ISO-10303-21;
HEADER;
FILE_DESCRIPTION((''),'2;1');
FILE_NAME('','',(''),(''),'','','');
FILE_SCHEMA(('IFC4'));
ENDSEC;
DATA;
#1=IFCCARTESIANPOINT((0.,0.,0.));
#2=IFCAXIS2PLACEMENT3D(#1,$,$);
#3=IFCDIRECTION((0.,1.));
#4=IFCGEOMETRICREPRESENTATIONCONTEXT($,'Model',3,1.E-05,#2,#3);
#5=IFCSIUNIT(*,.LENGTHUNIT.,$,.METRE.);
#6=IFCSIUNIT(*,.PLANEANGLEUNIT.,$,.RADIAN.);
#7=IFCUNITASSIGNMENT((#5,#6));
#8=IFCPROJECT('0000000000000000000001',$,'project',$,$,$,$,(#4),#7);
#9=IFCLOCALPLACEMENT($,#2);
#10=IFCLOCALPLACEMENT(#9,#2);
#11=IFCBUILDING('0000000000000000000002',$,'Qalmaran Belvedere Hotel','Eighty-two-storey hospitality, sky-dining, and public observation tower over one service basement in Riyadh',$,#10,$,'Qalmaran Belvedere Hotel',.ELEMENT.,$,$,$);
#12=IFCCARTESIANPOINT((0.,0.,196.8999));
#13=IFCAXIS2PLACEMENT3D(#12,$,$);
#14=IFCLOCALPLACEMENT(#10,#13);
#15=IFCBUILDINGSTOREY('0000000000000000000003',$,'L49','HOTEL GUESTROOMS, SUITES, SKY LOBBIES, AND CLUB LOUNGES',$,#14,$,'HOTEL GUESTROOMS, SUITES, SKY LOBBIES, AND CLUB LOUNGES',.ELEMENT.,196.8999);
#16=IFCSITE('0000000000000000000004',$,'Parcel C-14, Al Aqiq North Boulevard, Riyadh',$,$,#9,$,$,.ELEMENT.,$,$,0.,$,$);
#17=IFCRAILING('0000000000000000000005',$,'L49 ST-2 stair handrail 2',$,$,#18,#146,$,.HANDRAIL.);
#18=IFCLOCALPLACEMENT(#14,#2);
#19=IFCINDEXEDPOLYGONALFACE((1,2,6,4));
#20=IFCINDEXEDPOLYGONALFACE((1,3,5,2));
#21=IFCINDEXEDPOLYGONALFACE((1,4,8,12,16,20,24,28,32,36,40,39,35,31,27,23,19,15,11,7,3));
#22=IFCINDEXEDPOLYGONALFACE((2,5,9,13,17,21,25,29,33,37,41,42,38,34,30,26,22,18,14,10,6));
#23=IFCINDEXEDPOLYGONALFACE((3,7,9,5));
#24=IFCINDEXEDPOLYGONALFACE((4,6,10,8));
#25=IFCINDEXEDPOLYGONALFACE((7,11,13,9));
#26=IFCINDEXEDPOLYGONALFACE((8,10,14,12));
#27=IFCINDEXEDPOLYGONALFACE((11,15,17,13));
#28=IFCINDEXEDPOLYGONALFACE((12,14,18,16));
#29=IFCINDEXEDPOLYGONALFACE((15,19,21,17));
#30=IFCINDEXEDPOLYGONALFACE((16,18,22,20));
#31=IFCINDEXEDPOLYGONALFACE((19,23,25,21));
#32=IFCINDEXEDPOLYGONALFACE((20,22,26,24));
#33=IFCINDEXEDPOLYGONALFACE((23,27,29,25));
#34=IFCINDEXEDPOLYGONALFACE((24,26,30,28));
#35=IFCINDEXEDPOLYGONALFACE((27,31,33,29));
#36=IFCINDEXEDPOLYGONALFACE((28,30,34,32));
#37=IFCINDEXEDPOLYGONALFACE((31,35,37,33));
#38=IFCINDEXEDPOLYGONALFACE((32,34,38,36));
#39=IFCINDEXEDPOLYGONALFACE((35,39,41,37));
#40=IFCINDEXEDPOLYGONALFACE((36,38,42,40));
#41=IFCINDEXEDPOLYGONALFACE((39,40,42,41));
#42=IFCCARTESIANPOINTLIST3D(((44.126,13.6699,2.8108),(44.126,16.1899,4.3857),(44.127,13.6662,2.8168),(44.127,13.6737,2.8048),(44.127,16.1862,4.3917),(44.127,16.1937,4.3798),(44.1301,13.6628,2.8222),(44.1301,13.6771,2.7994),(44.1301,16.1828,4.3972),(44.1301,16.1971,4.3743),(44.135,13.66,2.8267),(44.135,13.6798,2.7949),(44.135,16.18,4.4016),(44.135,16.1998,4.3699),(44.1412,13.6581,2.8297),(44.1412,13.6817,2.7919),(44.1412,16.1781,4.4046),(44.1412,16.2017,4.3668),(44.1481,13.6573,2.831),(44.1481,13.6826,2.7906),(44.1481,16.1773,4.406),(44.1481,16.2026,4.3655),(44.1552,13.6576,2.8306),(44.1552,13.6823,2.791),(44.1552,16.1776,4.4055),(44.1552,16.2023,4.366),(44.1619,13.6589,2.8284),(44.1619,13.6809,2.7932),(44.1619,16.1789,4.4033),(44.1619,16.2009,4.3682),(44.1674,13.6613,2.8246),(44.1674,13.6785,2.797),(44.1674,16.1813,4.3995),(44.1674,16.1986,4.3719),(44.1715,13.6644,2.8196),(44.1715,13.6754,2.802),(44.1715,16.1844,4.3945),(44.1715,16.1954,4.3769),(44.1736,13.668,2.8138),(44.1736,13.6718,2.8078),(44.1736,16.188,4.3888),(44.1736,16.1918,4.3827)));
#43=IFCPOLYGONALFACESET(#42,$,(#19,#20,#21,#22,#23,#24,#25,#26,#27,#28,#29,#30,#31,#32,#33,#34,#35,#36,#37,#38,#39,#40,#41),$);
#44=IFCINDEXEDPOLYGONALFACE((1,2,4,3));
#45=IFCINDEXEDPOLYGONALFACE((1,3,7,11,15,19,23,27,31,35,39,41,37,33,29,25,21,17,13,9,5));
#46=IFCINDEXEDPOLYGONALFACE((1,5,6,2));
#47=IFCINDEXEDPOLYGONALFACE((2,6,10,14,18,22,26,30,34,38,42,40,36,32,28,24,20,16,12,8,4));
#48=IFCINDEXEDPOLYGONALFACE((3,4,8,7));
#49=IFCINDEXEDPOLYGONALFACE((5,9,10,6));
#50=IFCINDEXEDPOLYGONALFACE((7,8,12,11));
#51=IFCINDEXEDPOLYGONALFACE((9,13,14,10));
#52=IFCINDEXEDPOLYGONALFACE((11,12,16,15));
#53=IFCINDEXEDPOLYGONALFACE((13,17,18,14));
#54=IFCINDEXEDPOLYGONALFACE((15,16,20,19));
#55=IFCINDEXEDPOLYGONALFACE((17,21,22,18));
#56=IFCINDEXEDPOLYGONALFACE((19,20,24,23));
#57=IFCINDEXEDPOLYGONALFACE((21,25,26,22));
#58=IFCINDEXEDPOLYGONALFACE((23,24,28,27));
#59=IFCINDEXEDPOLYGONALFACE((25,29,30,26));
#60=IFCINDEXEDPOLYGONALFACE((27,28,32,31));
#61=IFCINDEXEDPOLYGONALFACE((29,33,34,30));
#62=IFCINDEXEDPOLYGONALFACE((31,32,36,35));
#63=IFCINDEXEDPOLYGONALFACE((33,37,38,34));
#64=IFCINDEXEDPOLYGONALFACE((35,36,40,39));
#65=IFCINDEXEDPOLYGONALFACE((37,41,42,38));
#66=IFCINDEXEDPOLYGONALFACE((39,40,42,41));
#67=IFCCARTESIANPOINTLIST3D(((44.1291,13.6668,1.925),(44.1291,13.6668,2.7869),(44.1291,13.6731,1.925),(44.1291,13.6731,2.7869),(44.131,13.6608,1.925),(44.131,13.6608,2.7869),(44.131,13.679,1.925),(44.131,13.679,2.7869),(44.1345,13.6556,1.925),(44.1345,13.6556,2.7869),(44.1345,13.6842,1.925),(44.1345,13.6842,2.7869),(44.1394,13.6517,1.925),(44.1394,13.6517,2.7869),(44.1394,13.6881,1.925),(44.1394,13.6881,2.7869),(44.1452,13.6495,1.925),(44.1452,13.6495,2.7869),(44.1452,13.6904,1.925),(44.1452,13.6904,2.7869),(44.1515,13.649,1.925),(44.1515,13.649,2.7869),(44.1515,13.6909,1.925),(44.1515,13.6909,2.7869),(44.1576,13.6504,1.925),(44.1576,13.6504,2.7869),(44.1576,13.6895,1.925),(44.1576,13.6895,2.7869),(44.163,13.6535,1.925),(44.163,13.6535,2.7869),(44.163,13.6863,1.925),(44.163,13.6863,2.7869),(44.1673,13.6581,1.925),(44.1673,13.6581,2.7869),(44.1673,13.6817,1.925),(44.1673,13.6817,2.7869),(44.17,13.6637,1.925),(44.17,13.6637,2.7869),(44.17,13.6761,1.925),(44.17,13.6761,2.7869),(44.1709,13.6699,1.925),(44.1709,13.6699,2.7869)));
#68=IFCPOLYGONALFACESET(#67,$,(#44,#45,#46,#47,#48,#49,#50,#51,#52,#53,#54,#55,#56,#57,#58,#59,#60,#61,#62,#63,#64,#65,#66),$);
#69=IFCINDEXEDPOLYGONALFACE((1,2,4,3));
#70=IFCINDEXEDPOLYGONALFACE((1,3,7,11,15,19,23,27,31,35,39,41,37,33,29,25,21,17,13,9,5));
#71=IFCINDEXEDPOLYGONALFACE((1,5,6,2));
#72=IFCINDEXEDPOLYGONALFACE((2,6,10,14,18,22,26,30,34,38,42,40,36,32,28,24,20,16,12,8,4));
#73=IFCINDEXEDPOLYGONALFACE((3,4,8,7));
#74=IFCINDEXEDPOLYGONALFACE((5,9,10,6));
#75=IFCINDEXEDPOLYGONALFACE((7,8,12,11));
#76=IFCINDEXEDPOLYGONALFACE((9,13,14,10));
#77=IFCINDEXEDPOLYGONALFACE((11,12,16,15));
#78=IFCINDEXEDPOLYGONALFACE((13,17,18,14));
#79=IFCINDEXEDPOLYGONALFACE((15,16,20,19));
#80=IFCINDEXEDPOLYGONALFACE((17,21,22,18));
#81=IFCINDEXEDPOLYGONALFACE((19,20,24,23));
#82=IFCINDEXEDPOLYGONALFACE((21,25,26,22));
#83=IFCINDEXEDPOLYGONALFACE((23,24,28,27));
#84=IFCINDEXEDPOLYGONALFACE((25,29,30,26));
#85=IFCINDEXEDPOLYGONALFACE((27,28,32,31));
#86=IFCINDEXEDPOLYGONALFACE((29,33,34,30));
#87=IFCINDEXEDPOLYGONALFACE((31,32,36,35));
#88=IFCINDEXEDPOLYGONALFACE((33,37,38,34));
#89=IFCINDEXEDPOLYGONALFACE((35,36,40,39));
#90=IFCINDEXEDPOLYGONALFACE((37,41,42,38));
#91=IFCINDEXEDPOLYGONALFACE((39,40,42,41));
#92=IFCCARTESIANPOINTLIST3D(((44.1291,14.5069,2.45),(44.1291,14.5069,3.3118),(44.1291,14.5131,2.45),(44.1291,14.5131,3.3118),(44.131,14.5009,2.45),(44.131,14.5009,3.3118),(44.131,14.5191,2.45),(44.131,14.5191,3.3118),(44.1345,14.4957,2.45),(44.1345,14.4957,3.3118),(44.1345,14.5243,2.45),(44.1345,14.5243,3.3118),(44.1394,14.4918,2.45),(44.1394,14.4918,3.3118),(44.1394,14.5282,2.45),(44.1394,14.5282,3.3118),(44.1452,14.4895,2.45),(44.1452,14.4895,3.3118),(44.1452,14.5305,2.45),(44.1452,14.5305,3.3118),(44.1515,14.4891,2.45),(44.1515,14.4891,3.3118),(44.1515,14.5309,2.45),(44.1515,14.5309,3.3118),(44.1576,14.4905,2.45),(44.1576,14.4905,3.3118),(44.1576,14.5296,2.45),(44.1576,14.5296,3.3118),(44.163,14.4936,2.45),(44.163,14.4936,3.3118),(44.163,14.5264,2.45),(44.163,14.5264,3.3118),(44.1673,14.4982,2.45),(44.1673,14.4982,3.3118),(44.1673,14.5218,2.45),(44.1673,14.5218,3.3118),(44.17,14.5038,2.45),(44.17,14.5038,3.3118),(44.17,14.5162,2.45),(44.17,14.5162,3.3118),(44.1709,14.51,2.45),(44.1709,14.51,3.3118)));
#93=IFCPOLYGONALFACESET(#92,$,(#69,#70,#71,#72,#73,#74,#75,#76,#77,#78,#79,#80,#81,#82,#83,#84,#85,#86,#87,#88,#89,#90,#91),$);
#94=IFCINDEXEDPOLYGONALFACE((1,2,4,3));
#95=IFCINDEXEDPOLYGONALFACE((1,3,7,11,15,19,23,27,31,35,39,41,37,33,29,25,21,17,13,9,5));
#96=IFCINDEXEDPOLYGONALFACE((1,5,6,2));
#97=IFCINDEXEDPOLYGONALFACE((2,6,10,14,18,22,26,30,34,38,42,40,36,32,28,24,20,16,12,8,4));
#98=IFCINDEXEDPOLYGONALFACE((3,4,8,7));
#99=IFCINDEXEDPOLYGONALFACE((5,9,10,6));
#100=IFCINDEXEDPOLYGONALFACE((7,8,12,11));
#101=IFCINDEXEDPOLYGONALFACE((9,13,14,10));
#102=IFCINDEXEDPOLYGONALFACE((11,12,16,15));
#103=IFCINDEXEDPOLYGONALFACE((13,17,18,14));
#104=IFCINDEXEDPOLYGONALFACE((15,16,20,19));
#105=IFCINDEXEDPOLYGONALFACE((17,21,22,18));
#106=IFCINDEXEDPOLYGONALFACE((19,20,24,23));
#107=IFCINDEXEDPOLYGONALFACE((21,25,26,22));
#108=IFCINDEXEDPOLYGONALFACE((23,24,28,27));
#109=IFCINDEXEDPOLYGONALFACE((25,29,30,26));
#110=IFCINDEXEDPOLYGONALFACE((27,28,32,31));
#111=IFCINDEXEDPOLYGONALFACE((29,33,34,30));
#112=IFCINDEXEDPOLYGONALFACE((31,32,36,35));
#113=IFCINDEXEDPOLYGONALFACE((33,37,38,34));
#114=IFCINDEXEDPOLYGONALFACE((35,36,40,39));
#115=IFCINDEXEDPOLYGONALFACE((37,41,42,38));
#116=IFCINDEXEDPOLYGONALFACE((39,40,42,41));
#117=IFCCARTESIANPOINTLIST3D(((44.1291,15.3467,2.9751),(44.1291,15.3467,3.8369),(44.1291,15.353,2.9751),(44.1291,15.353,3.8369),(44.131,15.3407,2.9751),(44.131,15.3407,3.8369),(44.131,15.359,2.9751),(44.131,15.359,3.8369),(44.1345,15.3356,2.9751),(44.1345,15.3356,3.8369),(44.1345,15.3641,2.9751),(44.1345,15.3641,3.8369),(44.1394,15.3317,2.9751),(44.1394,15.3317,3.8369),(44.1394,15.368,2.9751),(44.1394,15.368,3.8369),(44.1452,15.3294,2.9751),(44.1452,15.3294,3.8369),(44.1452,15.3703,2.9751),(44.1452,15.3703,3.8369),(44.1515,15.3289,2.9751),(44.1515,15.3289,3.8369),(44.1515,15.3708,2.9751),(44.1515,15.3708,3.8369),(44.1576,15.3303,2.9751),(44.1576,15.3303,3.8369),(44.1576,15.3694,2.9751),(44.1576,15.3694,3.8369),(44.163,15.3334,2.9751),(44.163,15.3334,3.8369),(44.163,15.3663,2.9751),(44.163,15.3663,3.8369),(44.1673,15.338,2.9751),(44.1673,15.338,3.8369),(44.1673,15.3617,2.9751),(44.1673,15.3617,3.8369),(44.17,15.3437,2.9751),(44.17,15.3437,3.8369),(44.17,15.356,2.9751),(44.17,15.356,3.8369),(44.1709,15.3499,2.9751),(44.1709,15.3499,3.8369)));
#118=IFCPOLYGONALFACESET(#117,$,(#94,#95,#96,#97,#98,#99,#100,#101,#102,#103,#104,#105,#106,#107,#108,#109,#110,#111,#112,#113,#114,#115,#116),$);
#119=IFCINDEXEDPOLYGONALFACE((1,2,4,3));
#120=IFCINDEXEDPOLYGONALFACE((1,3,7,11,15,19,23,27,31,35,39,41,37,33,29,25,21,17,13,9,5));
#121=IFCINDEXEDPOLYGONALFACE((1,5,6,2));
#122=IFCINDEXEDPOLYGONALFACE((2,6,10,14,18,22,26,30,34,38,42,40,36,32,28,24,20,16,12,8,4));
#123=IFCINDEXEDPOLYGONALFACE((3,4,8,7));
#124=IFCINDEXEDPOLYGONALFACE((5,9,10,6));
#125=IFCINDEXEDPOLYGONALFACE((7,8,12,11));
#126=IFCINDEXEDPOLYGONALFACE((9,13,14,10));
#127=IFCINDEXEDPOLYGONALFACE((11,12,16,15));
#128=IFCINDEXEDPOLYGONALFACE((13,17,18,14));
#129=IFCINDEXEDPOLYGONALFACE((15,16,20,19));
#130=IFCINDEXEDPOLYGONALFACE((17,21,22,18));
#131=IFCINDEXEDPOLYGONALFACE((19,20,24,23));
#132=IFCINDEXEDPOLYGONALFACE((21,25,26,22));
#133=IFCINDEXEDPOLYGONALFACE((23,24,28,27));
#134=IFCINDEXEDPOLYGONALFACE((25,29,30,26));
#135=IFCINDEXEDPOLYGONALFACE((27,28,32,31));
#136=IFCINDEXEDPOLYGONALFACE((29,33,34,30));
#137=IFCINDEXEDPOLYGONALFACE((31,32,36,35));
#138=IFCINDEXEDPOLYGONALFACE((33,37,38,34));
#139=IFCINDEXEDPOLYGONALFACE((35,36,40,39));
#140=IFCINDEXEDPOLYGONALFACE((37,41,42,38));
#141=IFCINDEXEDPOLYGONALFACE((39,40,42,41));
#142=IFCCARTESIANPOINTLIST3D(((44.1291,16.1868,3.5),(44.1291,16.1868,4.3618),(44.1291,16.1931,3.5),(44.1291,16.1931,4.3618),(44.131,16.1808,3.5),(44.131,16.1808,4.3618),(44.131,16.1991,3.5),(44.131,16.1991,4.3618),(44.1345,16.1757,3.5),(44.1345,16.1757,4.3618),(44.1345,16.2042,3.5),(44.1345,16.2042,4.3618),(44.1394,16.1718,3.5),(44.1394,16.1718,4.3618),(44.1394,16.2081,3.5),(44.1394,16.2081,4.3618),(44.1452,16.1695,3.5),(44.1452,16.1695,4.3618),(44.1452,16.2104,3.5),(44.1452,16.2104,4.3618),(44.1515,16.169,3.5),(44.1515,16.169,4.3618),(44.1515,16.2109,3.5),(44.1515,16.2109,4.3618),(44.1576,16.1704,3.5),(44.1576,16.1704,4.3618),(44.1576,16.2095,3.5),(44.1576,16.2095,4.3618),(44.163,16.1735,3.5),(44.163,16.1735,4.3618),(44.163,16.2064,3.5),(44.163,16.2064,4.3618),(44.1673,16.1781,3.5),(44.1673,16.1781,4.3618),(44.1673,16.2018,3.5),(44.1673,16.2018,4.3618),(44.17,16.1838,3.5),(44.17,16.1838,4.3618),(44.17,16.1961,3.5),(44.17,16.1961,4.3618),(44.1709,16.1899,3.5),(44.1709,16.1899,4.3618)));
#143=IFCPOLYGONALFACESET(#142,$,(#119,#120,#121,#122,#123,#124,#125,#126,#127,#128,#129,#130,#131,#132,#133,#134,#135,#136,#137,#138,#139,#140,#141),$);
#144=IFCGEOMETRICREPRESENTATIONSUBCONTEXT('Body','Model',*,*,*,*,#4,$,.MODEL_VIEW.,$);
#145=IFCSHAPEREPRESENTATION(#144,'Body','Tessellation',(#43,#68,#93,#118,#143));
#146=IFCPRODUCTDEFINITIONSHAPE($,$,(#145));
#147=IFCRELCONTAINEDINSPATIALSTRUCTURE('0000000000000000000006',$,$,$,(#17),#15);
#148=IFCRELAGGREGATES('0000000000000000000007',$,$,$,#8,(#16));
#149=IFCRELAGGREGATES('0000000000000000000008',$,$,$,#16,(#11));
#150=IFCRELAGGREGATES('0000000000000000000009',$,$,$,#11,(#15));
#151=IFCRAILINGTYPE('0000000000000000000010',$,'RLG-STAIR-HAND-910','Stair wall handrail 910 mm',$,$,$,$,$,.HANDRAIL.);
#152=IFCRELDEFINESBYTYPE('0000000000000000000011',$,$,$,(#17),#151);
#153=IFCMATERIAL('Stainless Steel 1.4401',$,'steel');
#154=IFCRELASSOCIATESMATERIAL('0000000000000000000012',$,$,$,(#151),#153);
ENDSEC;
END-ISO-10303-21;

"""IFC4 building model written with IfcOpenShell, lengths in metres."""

from ifc_helpers import new_model, si_unit, direction, frame, origin, origin_2d, place, context, subcontext, project, spatial, circle, extrude, material, type_object, element, save


model = new_model("IFC4")

# Units and contexts
model_context = context("Model", 3, precision=1e-05, world=origin(), true_north=direction((0.0, 1.0)))
body_context = subcontext(model_context, "Body", "Model", "MODEL_VIEW")
ifc_project = project(units=[si_unit("LENGTHUNIT", "METRE"), si_unit("PLANEANGLEUNIT", "RADIAN")], contexts=[model_context])

# Site, building, storey
site_placement = place(None, origin())
site = spatial("IfcSite", under=ifc_project, at=site_placement, Name="Parcel C-14, Al Aqiq North Boulevard, Riyadh", CompositionType="ELEMENT", RefElevation=0.0)
building_placement = place(site_placement, origin())
building = spatial("IfcBuilding", under=site, at=building_placement, Name="Qalmaran Belvedere Hotel", Description="Eighty-two-storey hospitality, sky-dining, and public observation tower over one service basement in Riyadh", LongName="Qalmaran Belvedere Hotel", CompositionType="ELEMENT")
storey_placement = place(building_placement, frame((0.0, 0.0, 196.8999)))
storey = spatial("IfcBuildingStorey", under=building, at=storey_placement, Name="L49", Description="HOTEL GUESTROOMS, SUITES, SKY LOBBIES, AND CLUB LOUNGES", LongName="HOTEL GUESTROOMS, SUITES, SKY LOBBIES, AND CLUB LOUNGES", CompositionType="ELEMENT", Elevation=196.8999)

# Railing
ifc_material_1 = material(Name="Stainless Steel 1.4401", Category="steel")
railing_type_1 = type_object("IfcRailingType", Name="RLG-STAIR-HAND-910", Description="Stair wall handrail 910 mm", PredefinedType="HANDRAIL", material=ifc_material_1)
railing_1_placement = place(storey_placement, frame((44.1499, 13.6699, 1.925)))
element("IfcRailing", 1, at=railing_1_placement, inside=storey, type_object=railing_type_1, Name="L49 ST-2 stair handrail 2", PredefinedType="HANDRAIL", context=body_context, shape_type="SweptSolid", body=[
    extrude(circle(Radius=0.0239, at=origin_2d()), frame((0.0, 0.0, 0.8857), z_axis=(0.0, 0.848008, 0.529984), x_axis=(-1.0, 0.0, 0.0)), (0.0, 0.0, 1.0), 2.9717),
    extrude(circle(Radius=0.021, at=origin_2d()), origin(), (0.0, 0.0, 1.0), 0.8618),
    extrude(circle(Radius=0.021, at=origin_2d()), frame((0.0, 0.8401, 0.5249)), (0.0, 0.0, 1.0), 0.8618),
    extrude(circle(Radius=0.021, at=origin_2d()), frame((0.0, 1.6799, 1.05)), (0.0, 0.0, 1.0), 0.8618),
    extrude(circle(Radius=0.021, at=origin_2d()), frame((0.0, 2.52, 1.575)), (0.0, 0.0, 1.0), 0.8618),
])

save(model, "model.ifc")
